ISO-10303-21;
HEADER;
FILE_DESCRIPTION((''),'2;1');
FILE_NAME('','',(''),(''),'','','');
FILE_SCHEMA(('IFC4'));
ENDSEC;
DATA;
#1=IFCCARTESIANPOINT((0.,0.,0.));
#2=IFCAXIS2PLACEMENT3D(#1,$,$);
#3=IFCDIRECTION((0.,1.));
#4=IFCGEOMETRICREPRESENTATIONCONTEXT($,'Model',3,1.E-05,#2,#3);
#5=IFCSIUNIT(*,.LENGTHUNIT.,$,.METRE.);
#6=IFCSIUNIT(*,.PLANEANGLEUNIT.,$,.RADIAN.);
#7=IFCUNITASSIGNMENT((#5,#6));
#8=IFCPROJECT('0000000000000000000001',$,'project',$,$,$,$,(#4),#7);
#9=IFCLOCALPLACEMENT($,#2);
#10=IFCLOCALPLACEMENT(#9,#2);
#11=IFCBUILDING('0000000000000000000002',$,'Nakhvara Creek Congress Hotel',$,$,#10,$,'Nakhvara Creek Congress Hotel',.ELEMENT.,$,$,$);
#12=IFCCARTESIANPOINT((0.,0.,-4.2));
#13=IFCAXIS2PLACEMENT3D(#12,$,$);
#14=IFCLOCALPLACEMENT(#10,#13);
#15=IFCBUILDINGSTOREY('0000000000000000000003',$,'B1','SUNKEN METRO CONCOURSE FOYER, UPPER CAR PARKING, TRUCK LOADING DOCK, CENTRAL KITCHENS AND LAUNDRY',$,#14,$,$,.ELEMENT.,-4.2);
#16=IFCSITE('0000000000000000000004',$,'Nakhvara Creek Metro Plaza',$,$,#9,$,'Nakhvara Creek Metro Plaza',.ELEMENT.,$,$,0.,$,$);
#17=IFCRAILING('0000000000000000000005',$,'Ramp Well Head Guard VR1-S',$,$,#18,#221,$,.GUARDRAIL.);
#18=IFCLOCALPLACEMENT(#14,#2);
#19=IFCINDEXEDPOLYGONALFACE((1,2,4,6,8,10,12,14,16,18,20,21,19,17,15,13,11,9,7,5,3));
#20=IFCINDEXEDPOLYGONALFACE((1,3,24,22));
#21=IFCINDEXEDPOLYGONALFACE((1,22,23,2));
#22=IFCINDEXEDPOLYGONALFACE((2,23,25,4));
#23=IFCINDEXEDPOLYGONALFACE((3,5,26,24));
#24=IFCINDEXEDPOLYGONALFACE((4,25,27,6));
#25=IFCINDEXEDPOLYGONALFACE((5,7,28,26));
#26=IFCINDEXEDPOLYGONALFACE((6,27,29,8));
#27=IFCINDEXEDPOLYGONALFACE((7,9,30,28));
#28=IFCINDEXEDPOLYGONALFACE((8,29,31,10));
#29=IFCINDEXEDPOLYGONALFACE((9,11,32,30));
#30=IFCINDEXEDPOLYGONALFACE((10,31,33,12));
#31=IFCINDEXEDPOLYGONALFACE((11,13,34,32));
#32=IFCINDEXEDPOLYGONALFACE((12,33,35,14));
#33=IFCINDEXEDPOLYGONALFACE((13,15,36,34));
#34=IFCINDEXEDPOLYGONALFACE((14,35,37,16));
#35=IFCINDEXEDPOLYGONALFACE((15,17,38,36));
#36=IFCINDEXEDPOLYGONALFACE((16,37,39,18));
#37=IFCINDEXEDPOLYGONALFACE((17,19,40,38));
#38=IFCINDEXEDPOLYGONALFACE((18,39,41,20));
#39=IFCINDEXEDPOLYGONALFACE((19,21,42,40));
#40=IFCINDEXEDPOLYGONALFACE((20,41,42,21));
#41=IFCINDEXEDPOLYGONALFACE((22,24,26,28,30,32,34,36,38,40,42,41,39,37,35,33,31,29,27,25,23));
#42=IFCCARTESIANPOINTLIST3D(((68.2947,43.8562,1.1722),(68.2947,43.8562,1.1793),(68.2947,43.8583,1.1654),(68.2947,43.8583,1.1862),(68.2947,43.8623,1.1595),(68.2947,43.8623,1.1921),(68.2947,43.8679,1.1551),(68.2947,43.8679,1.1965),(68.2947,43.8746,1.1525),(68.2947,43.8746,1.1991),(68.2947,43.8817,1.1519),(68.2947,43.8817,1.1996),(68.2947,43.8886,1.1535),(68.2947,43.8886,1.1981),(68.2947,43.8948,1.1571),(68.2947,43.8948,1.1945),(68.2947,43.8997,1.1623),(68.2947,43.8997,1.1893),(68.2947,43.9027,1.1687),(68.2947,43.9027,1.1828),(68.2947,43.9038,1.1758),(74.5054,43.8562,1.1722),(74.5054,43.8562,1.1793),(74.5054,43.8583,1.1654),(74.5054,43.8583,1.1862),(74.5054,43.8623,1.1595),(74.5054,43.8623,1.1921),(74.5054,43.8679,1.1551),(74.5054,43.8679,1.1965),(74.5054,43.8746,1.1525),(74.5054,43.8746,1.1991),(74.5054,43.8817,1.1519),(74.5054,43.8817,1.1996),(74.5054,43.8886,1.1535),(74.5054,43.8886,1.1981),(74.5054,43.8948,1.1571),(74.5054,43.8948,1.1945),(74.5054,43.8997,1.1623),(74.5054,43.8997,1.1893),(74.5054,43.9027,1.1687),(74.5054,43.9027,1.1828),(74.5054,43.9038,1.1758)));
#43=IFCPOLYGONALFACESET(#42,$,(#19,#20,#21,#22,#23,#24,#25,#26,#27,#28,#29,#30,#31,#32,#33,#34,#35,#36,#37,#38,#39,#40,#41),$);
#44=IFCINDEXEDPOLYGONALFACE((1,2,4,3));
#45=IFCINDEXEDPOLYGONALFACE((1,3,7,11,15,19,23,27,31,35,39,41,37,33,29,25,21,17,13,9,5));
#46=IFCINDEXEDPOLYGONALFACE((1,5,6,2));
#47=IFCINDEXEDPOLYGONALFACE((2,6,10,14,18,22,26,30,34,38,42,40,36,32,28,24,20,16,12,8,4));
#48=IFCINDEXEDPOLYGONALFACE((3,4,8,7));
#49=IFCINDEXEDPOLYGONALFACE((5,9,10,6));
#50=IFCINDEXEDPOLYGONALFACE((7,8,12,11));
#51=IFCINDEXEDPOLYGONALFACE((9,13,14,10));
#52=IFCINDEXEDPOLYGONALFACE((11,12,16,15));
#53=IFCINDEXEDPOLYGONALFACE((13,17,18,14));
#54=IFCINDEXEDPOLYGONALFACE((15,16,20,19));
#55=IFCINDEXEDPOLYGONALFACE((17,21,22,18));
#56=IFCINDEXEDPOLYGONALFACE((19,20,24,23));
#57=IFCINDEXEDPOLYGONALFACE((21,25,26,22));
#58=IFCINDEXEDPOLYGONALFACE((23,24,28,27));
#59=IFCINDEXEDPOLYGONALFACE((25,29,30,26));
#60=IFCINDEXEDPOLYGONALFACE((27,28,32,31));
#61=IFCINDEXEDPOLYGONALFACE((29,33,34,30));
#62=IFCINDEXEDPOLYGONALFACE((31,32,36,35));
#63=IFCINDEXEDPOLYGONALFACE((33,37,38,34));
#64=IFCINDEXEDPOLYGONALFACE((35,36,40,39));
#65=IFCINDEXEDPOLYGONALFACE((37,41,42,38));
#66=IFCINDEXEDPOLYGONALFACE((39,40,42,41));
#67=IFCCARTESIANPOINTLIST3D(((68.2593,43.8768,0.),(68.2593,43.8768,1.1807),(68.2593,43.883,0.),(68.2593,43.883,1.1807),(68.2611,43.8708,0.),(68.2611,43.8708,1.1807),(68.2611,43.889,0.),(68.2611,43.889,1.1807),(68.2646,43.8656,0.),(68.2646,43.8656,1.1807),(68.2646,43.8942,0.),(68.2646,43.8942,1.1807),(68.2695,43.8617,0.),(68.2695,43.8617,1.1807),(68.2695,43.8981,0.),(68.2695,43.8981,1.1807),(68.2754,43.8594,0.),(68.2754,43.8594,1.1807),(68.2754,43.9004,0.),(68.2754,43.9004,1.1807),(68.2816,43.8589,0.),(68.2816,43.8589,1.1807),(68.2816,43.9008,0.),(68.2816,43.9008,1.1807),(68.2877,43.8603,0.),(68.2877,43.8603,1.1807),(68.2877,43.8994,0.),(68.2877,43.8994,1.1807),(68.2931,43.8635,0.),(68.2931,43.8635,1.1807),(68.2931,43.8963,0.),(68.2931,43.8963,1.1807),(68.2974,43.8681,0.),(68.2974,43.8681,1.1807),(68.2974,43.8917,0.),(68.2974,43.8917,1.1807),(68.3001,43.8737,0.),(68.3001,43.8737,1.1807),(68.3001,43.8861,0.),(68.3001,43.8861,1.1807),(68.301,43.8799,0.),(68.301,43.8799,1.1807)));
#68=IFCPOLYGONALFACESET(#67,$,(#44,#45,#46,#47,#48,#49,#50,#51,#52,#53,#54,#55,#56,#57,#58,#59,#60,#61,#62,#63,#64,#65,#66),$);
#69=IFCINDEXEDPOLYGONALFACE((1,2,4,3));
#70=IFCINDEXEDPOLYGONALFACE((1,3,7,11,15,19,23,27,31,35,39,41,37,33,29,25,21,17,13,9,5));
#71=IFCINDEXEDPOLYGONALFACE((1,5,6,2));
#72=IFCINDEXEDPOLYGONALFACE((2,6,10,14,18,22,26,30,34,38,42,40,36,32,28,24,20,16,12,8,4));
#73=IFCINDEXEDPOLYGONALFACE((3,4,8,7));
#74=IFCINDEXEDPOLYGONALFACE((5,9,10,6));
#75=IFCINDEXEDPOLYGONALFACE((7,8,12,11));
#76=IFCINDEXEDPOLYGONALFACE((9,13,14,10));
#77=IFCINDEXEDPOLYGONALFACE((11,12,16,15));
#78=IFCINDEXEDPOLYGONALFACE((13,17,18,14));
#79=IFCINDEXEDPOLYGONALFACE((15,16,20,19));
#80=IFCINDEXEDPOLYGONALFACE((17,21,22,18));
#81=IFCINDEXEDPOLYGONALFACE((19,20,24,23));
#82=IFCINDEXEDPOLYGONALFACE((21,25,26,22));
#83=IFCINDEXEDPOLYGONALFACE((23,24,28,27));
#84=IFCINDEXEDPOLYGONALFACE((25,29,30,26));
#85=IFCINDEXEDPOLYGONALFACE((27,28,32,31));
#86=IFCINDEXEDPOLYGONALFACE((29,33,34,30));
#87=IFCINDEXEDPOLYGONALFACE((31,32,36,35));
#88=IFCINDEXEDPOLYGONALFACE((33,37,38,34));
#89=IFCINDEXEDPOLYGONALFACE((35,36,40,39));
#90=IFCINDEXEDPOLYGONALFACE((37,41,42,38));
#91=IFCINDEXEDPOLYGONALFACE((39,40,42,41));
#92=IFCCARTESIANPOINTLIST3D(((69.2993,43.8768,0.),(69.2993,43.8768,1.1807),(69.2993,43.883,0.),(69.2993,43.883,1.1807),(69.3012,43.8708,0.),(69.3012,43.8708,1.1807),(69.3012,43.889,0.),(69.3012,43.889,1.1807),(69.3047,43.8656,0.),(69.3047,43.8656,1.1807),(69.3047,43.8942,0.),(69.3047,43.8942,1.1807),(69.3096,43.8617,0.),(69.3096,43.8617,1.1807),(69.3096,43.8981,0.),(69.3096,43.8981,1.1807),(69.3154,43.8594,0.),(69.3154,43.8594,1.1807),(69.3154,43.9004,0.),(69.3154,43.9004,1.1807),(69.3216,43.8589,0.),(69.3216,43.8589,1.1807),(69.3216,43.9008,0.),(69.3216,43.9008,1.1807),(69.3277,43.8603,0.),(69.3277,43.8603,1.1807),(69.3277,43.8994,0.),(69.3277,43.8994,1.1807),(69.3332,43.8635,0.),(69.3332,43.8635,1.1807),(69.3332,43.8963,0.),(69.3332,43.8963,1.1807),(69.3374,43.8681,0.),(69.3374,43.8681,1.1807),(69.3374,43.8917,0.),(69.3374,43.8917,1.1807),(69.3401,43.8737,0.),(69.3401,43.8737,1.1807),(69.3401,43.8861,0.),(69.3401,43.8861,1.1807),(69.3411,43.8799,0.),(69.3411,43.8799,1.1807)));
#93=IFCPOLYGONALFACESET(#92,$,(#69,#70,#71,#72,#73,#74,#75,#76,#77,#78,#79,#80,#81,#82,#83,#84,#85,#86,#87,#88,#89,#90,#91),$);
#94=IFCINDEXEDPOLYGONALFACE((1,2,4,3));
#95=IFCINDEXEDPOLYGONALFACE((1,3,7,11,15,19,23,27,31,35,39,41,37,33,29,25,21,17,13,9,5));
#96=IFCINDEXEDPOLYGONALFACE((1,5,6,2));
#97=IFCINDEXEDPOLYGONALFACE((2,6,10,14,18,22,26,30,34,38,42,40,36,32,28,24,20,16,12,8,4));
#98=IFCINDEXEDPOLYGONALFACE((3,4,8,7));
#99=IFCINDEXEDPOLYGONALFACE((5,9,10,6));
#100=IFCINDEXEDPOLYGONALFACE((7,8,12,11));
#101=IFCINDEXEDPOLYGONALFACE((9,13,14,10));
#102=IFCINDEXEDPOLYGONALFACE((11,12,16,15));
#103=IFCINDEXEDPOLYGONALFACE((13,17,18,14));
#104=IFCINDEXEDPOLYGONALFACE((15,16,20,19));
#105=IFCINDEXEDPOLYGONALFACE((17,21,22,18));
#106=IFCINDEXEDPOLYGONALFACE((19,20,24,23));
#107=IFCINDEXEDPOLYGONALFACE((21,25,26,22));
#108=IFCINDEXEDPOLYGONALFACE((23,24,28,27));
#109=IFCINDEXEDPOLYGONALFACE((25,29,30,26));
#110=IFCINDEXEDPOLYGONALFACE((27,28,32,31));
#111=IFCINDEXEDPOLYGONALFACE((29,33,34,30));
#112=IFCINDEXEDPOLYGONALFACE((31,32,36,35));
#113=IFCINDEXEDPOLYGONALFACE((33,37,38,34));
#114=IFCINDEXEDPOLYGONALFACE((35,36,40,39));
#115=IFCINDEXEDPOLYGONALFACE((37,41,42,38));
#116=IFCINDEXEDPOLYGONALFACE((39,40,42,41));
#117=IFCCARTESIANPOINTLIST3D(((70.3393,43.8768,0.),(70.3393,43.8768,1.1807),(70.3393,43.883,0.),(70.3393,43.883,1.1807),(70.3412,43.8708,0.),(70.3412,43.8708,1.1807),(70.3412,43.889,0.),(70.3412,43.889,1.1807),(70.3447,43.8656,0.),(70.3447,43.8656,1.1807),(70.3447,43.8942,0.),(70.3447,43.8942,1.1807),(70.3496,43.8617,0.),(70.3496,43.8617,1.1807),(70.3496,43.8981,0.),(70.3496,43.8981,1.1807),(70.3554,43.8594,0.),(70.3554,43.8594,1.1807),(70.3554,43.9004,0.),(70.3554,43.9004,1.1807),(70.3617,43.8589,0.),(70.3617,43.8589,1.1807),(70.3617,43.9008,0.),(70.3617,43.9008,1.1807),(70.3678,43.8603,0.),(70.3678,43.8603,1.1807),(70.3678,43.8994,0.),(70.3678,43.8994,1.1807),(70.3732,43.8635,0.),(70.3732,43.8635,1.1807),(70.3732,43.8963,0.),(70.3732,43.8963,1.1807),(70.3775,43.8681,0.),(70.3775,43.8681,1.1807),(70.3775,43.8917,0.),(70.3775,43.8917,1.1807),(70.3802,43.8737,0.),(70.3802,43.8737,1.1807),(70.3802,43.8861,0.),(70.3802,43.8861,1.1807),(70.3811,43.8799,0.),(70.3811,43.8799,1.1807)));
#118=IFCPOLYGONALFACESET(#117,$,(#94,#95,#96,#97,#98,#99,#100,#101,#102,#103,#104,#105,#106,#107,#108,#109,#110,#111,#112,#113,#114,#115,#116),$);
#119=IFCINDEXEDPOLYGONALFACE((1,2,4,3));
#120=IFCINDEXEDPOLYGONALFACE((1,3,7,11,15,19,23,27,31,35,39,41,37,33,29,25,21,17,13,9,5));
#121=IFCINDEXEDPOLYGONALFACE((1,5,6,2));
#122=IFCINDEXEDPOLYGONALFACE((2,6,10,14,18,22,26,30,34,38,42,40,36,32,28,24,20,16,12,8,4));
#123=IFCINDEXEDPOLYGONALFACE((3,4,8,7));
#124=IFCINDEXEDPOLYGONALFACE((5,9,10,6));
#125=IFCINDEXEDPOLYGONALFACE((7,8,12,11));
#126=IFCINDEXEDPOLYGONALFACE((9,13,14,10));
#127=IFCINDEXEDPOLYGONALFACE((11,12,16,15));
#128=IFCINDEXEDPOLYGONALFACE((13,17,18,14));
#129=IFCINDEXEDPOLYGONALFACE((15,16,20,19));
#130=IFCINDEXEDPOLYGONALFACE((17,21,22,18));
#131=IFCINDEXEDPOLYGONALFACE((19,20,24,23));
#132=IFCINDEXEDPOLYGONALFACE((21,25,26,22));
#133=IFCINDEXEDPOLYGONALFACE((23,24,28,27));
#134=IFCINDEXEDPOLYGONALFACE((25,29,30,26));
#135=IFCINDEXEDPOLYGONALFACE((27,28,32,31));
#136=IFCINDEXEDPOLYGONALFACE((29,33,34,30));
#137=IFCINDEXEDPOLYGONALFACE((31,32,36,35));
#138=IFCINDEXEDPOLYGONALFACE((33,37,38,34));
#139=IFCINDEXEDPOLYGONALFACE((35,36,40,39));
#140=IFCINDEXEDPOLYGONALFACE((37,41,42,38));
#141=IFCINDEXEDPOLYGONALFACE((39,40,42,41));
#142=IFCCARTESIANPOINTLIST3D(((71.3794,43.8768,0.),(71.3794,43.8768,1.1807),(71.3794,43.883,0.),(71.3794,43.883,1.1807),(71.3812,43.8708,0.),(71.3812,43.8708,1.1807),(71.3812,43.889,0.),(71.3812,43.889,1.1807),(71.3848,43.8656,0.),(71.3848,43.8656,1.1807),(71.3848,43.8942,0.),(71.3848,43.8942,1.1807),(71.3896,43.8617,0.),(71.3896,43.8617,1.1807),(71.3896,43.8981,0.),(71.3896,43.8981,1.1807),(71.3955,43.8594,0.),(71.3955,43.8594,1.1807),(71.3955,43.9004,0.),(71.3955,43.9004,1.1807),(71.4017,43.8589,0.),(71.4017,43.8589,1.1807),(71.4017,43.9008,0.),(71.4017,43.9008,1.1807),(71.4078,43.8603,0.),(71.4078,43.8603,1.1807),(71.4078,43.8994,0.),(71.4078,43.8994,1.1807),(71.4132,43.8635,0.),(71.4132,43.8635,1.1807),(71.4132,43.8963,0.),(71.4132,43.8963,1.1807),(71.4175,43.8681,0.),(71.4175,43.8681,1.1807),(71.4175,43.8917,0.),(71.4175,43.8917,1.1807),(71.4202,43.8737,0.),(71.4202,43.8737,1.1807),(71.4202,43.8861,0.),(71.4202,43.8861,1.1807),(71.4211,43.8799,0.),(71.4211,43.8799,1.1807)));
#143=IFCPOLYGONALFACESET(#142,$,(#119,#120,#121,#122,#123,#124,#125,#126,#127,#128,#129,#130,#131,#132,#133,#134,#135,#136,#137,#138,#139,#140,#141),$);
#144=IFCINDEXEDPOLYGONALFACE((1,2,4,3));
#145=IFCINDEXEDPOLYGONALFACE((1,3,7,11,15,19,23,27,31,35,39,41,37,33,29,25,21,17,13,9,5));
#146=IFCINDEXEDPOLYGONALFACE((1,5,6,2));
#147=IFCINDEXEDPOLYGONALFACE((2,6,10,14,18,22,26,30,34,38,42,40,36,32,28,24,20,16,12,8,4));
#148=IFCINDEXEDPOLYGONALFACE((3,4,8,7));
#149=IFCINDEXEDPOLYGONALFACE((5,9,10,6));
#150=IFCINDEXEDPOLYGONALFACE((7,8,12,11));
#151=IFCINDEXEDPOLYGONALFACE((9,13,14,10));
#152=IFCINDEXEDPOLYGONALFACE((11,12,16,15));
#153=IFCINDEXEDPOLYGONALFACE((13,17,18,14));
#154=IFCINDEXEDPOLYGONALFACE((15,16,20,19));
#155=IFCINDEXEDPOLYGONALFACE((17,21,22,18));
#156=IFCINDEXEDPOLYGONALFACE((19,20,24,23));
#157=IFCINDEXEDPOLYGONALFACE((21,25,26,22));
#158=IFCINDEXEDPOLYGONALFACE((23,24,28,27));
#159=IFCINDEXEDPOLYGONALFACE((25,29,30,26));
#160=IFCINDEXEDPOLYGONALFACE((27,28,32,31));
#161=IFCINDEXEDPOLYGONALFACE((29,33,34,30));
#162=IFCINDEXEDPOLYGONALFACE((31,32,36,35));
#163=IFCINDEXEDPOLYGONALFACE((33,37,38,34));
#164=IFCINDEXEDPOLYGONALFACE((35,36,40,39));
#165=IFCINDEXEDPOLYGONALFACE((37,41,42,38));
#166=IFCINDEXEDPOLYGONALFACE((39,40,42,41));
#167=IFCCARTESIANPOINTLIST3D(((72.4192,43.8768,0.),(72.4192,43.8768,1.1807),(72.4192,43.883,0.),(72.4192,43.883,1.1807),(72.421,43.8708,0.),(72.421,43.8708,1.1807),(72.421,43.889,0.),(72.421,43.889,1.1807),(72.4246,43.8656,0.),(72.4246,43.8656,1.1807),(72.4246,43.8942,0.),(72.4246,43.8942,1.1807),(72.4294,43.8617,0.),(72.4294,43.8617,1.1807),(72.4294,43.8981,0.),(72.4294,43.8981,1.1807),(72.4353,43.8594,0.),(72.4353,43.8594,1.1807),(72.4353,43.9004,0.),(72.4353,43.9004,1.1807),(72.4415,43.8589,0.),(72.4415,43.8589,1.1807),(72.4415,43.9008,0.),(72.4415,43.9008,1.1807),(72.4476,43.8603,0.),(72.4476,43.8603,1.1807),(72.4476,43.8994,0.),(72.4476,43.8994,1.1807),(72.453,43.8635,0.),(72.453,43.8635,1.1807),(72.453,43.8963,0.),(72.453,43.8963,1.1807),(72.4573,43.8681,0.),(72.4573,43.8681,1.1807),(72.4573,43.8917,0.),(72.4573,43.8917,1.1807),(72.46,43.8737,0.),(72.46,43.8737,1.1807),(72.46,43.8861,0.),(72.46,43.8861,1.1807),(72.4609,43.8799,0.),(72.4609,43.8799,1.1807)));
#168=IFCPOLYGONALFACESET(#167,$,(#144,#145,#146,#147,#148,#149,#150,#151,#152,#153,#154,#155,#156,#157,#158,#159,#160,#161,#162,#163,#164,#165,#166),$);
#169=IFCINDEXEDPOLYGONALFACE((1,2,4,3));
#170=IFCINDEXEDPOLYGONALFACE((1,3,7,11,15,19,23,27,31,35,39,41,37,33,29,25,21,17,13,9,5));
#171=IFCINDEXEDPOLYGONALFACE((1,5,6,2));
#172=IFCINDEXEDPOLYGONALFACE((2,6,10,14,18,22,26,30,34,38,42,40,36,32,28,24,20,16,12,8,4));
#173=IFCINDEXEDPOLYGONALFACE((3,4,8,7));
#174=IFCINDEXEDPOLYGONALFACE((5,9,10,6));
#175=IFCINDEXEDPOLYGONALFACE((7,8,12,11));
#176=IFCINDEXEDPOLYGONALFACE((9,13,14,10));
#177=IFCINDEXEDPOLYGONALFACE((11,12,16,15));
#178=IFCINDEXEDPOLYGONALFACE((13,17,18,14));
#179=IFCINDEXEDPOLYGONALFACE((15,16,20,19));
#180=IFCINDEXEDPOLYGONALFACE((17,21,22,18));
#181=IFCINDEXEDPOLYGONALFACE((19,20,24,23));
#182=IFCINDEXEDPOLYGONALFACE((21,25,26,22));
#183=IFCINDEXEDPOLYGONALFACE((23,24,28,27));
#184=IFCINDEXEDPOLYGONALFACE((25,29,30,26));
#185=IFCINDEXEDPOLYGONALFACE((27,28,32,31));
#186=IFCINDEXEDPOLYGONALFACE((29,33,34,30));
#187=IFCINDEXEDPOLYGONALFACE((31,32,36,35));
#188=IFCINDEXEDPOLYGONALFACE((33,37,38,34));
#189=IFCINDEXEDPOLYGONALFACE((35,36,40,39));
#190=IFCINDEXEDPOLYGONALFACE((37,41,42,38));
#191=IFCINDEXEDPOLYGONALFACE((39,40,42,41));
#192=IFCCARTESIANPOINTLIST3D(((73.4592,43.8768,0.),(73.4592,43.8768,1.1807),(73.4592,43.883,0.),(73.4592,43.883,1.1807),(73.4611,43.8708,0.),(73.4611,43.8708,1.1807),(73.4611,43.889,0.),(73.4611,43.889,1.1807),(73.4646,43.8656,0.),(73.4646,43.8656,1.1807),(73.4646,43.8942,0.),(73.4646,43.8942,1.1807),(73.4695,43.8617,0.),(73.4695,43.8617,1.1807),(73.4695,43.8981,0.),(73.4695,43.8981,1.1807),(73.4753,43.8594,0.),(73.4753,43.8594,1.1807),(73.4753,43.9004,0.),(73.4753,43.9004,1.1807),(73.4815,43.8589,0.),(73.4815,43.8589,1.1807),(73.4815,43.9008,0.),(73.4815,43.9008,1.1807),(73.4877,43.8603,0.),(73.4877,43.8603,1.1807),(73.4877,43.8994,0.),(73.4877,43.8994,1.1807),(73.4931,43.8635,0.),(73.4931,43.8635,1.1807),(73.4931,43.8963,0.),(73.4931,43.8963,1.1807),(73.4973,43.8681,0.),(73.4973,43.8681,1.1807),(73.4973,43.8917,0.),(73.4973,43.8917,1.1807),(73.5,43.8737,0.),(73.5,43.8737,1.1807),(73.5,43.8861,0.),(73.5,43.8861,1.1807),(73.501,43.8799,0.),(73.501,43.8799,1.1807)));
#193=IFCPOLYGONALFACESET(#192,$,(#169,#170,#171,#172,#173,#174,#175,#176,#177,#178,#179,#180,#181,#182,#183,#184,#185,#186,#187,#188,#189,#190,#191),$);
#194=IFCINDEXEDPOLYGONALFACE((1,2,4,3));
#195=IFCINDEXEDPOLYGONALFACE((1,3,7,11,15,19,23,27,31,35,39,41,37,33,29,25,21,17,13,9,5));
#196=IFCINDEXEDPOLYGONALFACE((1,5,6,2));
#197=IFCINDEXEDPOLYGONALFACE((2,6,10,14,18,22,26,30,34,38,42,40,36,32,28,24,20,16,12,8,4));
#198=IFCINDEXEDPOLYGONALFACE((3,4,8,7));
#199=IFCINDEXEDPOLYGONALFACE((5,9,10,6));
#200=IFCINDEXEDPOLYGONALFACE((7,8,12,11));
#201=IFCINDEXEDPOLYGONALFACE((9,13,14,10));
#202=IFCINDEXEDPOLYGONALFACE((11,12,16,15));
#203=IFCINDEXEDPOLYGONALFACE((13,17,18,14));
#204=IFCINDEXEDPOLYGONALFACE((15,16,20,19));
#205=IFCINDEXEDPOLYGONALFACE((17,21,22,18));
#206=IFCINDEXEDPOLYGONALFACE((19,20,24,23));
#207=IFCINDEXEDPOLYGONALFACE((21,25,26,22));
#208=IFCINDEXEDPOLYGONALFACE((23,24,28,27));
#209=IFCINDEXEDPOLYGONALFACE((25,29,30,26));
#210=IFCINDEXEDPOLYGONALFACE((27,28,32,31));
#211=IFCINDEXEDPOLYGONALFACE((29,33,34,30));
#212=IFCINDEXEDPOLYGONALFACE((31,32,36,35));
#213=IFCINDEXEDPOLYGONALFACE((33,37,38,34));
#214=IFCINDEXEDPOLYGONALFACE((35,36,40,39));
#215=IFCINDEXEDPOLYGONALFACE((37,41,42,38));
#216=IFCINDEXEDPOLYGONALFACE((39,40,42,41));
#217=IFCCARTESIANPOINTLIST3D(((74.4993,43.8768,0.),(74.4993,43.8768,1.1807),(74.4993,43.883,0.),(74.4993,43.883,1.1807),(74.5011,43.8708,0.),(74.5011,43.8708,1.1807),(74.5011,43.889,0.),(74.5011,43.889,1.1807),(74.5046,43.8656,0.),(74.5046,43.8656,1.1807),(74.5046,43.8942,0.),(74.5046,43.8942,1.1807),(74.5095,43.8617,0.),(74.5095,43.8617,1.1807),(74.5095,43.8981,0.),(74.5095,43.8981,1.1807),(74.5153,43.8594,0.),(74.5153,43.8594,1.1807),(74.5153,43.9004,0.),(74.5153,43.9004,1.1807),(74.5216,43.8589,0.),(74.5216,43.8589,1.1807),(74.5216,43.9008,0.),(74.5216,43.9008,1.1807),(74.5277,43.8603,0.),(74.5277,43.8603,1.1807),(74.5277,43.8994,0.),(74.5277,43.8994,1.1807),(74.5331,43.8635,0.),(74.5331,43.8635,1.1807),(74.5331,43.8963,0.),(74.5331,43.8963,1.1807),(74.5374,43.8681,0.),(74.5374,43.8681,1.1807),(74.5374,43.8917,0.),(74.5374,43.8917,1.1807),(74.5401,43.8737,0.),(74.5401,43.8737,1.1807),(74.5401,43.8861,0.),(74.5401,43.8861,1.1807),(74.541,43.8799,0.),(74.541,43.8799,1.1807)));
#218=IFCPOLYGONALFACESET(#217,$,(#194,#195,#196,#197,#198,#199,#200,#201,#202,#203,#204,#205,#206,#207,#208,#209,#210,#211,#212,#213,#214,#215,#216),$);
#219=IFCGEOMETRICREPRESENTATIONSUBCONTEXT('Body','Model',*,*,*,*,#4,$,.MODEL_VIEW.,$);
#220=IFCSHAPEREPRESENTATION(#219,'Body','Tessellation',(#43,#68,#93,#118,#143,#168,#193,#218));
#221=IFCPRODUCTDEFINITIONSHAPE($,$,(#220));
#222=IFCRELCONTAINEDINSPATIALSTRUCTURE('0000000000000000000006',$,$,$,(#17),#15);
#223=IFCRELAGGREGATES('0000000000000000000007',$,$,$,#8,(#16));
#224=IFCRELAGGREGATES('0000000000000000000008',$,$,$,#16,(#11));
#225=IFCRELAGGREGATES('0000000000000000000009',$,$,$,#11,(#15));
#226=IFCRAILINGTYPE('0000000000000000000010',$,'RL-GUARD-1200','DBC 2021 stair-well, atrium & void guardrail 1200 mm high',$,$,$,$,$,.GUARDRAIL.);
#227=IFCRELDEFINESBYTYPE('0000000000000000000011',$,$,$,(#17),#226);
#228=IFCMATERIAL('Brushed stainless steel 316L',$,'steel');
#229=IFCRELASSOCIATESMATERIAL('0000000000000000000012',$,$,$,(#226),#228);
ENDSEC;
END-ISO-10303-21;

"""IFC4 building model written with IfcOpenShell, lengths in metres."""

from ifc_helpers import new_model, si_unit, direction, frame, origin, origin_2d, place, context, subcontext, project, spatial, circle, extrude, material, type_object, element, save


model = new_model("IFC4")

# Units and contexts
model_context = context("Model", 3, precision=1e-05, world=origin(), true_north=direction((0.0, 1.0)))
body_context = subcontext(model_context, "Body", "Model", "MODEL_VIEW")
ifc_project = project(units=[si_unit("LENGTHUNIT", "METRE"), si_unit("PLANEANGLEUNIT", "RADIAN")], contexts=[model_context])

# Site, building, storey
site_placement = place(None, origin())
site = spatial("IfcSite", under=ifc_project, at=site_placement, Name="Nakhvara Creek Metro Plaza", LongName="Nakhvara Creek Metro Plaza", CompositionType="ELEMENT", RefElevation=0.0)
building_placement = place(site_placement, origin())
building = spatial("IfcBuilding", under=site, at=building_placement, Name="Nakhvara Creek Congress Hotel", LongName="Nakhvara Creek Congress Hotel", CompositionType="ELEMENT")
storey_placement = place(building_placement, frame((0.0, 0.0, -4.2)))
storey = spatial("IfcBuildingStorey", under=building, at=storey_placement, Name="B1", Description="SUNKEN METRO CONCOURSE FOYER, UPPER CAR PARKING, TRUCK LOADING DOCK, CENTRAL KITCHENS AND LAUNDRY", CompositionType="ELEMENT", Elevation=-4.2)

# Railing
ifc_material_1 = material(Name="Brushed stainless steel 316L", Category="steel")
railing_type_1 = type_object("IfcRailingType", Name="RL-GUARD-1200", Description="DBC 2021 stair-well, atrium & void guardrail 1200 mm high", PredefinedType="GUARDRAIL", material=ifc_material_1)
railing_1_placement = place(storey_placement, frame((68.28, 43.8799, 0.0)))
element("IfcRailing", 1, at=railing_1_placement, inside=storey, type_object=railing_type_1, Name="Ramp Well Head Guard VR1-S", PredefinedType="GUARDRAIL", context=body_context, shape_type="SweptSolid", body=[
    extrude(circle(Radius=0.0239, at=origin_2d()), frame((0.0146, 0.0, 1.1758), z_axis=(1.0, 0.0, 0.0), x_axis=(0.0, 1.0, 0.0)), (0.0, 0.0, 1.0), 6.2107),
    extrude(circle(Radius=0.021, at=origin_2d()), origin(), (0.0, 0.0, 1.0), 1.1807),
    extrude(circle(Radius=0.021, at=origin_2d()), frame((1.04, 0.0, 0.0)), (0.0, 0.0, 1.0), 1.1807),
    extrude(circle(Radius=0.021, at=origin_2d()), frame((2.0801, 0.0, 0.0)), (0.0, 0.0, 1.0), 1.1807),
    extrude(circle(Radius=0.021, at=origin_2d()), frame((3.1201, 0.0, 0.0)), (0.0, 0.0, 1.0), 1.1807),
    extrude(circle(Radius=0.021, at=origin_2d()), frame((4.1599, 0.0, 0.0)), (0.0, 0.0, 1.0), 1.1807),
    extrude(circle(Radius=0.021, at=origin_2d()), frame((5.2, 0.0, 0.0)), (0.0, 0.0, 1.0), 1.1807),
    extrude(circle(Radius=0.021, at=origin_2d()), frame((6.24, 0.0, 0.0)), (0.0, 0.0, 1.0), 1.1807),
])

save(model, "model.ifc")
